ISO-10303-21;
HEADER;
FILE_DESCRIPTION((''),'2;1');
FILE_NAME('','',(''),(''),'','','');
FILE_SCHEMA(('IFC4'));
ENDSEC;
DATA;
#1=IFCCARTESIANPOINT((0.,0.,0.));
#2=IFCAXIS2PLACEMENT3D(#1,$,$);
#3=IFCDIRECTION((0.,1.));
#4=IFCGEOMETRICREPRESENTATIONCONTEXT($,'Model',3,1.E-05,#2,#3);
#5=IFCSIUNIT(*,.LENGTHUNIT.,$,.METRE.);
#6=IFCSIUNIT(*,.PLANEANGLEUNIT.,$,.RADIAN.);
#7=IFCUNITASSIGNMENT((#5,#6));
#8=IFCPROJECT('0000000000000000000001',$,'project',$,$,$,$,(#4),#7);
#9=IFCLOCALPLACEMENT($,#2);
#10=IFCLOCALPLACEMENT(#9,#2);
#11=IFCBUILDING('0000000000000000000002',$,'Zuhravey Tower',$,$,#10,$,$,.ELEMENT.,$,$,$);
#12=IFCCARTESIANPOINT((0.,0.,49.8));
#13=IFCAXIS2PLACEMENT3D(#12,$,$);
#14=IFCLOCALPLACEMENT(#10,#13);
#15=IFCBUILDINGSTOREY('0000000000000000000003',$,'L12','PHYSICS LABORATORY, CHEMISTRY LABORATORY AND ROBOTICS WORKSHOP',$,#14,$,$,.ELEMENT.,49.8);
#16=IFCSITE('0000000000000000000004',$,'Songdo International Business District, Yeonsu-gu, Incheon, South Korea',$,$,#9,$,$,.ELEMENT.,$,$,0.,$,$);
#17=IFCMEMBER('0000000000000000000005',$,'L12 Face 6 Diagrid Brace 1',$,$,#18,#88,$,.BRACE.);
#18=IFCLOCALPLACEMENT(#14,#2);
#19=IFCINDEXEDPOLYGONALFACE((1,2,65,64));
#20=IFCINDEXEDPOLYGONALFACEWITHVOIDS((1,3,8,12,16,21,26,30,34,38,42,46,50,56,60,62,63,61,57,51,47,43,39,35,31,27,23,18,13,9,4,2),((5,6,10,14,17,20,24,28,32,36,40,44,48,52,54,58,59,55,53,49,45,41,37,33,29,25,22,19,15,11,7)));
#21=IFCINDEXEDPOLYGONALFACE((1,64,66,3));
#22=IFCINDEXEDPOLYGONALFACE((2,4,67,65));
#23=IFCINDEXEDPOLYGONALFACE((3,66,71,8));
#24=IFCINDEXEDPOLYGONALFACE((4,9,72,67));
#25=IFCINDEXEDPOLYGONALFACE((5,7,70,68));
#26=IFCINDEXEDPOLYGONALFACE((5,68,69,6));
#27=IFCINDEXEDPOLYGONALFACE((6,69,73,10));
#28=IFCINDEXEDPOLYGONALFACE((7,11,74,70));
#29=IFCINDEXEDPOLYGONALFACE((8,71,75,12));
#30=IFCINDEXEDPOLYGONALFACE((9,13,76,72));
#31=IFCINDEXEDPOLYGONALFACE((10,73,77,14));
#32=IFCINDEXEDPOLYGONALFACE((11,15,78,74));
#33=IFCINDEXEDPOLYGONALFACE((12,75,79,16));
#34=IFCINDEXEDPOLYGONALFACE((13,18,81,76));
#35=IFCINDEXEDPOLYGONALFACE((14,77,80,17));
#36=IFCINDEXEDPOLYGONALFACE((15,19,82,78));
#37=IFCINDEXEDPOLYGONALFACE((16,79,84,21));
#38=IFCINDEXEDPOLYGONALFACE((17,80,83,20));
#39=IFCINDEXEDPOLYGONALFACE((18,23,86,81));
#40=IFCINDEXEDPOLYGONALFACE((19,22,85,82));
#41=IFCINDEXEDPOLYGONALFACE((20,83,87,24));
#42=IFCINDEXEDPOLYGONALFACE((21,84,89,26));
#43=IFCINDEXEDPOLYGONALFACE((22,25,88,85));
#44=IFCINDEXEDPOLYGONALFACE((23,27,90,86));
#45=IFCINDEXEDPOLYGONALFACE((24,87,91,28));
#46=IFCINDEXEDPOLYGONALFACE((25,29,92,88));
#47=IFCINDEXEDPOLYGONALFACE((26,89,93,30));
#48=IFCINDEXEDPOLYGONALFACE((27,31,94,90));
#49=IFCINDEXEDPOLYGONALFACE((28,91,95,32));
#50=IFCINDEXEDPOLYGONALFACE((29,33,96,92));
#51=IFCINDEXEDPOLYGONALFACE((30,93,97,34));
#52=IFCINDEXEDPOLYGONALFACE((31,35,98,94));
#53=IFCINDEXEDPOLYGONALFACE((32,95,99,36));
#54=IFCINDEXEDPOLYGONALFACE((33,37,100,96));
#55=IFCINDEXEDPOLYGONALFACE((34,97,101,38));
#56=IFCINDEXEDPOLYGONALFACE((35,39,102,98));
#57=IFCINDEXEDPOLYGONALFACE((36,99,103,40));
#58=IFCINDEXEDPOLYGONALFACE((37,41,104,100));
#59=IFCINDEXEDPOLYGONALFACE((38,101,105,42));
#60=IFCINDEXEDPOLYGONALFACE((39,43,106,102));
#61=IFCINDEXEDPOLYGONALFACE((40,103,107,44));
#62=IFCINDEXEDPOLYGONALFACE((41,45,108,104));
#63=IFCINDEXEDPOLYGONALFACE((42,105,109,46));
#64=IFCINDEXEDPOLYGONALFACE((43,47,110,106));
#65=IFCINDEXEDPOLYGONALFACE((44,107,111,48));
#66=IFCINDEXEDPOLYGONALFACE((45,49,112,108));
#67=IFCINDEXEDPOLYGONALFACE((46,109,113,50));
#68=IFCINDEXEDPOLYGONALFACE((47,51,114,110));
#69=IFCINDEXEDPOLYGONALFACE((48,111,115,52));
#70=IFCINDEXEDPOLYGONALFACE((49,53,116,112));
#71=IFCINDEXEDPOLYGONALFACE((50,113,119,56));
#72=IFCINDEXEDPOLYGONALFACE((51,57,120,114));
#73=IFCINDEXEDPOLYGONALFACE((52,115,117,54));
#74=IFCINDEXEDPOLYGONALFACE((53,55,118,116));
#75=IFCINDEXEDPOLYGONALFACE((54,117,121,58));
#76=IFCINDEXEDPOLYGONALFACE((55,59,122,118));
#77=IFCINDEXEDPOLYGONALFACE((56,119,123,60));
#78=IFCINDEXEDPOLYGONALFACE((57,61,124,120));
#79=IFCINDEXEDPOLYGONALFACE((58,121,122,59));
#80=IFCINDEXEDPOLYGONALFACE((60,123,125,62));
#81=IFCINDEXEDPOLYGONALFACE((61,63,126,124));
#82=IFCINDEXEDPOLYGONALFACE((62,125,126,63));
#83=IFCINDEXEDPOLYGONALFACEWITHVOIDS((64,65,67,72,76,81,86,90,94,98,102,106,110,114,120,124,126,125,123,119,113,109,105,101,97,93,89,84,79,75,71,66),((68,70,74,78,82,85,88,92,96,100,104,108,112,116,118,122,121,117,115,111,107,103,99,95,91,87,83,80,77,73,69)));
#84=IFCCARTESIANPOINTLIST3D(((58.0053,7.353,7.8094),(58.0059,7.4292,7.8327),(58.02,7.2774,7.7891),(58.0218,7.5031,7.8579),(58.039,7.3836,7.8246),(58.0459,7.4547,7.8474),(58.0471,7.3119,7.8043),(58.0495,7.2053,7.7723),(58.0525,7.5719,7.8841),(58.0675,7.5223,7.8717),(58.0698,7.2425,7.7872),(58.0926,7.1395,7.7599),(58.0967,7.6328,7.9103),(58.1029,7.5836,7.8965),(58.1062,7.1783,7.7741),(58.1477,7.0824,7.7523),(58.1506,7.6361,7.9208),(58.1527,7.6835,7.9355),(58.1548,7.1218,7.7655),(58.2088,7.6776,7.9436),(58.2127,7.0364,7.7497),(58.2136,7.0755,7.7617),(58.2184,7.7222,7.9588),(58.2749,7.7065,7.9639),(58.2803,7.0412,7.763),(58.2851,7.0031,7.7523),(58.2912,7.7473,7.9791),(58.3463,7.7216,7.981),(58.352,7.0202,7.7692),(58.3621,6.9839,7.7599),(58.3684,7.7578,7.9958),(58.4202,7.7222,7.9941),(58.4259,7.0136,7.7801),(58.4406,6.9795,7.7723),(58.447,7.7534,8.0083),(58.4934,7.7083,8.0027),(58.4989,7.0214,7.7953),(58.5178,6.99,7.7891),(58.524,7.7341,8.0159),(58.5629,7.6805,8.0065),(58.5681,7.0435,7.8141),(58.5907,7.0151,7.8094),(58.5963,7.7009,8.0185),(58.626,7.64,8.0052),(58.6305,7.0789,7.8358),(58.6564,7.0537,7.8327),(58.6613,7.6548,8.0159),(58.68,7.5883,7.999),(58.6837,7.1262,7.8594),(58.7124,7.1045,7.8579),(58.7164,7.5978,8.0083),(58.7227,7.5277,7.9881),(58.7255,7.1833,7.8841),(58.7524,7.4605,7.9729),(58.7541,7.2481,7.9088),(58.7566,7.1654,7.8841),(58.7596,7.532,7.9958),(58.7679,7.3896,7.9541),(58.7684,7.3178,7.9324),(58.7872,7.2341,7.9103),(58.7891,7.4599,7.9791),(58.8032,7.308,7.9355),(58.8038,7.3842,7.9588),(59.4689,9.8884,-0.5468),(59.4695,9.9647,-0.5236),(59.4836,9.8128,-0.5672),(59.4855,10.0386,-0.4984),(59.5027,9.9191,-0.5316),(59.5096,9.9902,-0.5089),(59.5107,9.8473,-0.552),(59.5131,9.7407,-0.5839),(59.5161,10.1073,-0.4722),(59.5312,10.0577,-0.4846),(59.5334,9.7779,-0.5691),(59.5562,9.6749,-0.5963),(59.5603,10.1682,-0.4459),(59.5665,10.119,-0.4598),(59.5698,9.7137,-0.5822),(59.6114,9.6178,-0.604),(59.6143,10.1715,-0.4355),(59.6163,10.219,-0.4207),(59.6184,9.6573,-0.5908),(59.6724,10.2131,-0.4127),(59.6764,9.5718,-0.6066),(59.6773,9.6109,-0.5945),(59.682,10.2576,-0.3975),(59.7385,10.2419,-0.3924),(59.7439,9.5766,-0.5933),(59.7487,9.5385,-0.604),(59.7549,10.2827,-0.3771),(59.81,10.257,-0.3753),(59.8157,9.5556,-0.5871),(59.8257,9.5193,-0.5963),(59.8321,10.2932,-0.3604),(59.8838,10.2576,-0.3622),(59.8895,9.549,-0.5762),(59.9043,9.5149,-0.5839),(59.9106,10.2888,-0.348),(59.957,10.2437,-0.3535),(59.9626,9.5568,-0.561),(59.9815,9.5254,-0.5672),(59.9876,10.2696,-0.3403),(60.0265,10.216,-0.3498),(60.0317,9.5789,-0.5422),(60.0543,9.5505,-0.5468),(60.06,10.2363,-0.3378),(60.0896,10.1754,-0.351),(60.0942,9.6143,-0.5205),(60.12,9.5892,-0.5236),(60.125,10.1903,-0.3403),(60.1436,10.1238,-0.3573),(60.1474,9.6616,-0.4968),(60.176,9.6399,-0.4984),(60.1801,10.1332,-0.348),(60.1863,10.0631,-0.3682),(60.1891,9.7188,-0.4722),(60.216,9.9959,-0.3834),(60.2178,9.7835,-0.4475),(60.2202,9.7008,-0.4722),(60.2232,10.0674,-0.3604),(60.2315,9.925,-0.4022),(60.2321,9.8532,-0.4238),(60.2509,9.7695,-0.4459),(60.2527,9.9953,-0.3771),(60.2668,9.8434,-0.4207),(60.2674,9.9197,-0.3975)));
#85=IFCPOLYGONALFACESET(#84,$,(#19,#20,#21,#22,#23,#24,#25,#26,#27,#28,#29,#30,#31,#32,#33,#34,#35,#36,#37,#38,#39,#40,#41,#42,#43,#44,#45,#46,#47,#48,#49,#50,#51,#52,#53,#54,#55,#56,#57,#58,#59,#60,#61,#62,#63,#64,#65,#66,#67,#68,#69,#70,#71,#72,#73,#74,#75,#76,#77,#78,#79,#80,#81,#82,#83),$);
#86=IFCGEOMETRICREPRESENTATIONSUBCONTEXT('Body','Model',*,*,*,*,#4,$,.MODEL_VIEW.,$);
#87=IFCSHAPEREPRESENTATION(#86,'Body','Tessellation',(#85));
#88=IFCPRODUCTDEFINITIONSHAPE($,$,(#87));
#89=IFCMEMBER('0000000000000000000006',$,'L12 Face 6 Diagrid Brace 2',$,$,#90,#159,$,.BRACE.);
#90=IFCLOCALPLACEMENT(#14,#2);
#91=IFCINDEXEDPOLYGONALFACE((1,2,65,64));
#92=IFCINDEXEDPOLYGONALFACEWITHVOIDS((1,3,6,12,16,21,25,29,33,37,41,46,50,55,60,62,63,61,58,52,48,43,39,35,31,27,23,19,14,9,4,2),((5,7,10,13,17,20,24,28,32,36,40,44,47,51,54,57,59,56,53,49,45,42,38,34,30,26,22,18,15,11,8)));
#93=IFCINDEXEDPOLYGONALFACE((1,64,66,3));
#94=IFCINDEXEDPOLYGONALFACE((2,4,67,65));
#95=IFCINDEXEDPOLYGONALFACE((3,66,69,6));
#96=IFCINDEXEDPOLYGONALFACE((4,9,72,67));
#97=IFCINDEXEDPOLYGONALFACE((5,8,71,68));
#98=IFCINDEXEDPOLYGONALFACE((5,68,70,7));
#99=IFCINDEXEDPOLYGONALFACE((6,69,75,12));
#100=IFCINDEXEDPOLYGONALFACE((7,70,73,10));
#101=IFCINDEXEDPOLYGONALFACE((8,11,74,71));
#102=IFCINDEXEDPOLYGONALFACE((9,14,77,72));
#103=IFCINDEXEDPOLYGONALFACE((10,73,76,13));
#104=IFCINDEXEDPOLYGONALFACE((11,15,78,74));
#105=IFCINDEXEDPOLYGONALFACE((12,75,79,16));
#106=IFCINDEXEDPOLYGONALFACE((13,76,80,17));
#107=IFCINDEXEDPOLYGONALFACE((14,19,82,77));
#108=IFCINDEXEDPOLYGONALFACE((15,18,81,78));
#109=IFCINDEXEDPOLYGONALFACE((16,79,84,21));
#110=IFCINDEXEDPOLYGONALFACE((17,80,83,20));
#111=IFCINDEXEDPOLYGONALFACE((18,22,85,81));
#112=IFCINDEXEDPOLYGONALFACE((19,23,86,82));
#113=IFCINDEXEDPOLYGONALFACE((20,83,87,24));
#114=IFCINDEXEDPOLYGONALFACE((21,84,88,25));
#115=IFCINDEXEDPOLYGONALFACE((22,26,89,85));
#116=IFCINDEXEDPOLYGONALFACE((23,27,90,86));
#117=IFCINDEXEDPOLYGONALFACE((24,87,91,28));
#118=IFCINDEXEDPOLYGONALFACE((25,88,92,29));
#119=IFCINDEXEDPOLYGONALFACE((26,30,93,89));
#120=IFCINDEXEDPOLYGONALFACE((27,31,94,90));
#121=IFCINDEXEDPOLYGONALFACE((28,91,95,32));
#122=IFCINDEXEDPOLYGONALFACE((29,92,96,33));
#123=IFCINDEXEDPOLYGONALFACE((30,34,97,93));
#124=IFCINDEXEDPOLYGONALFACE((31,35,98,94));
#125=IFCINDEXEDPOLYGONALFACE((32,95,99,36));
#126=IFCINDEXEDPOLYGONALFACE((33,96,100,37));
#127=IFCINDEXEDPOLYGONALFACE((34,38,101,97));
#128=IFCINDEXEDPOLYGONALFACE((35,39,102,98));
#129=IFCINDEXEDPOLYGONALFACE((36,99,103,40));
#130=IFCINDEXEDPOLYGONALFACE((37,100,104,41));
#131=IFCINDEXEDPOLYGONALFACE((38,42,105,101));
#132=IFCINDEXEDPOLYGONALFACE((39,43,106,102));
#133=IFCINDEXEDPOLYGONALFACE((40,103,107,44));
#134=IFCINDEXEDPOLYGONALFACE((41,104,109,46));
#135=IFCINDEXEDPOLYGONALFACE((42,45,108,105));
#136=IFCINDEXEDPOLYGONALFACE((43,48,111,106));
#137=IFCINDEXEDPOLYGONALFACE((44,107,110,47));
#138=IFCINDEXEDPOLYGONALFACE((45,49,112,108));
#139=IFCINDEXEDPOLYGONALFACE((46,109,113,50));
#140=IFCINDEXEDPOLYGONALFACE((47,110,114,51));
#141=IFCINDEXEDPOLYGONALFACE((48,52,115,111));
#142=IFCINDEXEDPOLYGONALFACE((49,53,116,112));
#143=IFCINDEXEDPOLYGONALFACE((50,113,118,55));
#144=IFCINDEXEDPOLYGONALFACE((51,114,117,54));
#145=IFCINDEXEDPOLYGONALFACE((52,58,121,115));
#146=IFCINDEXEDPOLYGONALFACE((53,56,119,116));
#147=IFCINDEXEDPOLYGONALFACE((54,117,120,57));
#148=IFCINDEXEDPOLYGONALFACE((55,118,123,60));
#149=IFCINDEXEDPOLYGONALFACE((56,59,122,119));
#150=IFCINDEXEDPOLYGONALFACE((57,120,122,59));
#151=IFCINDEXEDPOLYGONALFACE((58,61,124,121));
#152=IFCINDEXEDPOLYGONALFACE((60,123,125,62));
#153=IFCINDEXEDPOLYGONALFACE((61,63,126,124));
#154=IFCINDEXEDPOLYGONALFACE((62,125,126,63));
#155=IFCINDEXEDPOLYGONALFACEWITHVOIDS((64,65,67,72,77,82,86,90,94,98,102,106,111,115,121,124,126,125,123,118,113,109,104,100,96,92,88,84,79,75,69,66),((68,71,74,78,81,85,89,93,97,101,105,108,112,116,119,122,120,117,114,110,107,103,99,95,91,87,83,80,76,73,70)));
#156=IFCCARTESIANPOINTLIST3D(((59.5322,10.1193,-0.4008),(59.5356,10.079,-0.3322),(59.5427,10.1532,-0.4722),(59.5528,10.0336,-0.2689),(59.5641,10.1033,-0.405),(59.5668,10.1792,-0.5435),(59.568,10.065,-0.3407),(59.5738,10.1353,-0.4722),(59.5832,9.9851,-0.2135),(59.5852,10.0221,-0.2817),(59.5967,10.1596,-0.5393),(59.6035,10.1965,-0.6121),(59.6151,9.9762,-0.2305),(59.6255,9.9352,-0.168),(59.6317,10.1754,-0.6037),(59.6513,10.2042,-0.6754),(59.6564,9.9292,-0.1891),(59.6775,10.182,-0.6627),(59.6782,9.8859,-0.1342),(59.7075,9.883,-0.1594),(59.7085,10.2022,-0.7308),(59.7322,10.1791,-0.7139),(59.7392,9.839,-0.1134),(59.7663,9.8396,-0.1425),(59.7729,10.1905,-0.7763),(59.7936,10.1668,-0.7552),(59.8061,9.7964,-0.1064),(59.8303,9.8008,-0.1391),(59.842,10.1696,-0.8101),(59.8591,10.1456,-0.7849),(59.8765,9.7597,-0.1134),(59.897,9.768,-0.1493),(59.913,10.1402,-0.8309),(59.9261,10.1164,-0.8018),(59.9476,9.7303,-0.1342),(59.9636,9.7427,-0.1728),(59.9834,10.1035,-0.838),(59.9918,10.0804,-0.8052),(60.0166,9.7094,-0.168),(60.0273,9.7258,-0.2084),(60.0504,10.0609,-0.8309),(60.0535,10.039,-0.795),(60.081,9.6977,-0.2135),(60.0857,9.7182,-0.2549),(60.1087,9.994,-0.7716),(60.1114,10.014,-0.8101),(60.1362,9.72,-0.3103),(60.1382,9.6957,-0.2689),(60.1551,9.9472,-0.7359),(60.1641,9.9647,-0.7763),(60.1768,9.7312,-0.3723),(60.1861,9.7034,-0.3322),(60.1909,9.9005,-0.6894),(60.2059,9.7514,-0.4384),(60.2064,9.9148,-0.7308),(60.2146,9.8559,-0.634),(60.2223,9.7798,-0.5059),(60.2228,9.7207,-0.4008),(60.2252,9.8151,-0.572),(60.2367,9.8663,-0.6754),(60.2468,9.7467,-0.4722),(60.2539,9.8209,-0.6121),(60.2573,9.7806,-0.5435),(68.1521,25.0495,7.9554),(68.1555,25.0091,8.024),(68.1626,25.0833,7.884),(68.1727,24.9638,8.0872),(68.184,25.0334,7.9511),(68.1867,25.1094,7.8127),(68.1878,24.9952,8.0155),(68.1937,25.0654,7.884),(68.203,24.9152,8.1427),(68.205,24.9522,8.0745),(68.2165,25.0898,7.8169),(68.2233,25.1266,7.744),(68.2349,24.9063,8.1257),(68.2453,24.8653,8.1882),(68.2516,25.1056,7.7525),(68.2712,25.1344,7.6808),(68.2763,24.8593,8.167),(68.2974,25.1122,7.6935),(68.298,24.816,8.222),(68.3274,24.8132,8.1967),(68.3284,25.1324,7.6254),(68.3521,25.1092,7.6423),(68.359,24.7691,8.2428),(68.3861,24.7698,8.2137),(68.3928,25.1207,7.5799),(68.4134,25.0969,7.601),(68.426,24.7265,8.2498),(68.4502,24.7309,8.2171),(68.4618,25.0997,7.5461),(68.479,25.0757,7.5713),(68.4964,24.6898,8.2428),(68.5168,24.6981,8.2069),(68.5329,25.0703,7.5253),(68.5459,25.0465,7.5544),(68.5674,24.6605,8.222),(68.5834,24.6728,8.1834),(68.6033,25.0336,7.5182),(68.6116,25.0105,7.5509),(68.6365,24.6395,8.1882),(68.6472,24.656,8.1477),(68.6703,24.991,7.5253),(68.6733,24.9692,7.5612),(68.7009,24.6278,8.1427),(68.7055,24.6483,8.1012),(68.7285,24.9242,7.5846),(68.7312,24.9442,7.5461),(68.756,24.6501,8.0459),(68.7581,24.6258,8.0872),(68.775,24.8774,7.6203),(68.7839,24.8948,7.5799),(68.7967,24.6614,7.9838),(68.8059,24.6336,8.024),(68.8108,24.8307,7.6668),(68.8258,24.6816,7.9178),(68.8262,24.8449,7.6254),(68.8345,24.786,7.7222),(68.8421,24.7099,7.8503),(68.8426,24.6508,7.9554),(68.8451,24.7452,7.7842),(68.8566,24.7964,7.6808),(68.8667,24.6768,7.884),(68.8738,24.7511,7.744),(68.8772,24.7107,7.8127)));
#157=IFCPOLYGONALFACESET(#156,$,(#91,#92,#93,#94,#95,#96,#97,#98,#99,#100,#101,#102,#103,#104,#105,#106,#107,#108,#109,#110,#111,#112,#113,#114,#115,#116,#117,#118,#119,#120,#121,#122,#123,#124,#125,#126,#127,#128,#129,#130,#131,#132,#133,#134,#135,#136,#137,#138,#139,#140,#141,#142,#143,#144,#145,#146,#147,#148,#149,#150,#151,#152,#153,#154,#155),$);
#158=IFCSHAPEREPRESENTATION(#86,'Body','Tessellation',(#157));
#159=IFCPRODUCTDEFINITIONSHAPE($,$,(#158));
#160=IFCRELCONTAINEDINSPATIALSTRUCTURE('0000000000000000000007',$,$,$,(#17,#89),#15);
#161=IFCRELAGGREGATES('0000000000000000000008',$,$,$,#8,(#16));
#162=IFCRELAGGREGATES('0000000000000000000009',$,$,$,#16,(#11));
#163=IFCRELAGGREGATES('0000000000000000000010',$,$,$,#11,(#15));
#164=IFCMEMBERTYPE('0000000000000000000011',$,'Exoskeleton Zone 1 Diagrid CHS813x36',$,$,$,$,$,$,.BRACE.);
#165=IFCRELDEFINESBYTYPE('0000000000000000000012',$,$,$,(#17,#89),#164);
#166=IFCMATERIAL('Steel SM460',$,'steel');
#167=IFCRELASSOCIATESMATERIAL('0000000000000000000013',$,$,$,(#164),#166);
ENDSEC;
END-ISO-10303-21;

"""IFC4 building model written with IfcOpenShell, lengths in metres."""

from ifc_helpers import new_model, si_unit, direction, frame, origin, origin_2d, place, context, subcontext, project, spatial, hollow_circle, extrude, material, material_profile, profile_set, type_object, element, save


model = new_model("IFC4")

# Units and contexts
model_context = context("Model", 3, precision=1e-05, world=origin(), true_north=direction((0.0, 1.0)))
body_context = subcontext(model_context, "Body", "Model", "MODEL_VIEW")
ifc_project = project(units=[si_unit("LENGTHUNIT", "METRE"), si_unit("PLANEANGLEUNIT", "RADIAN")], contexts=[model_context])

# Site, building, storey
site_placement = place(None, origin())
site = spatial("IfcSite", under=ifc_project, at=site_placement, Name="Songdo International Business District, Yeonsu-gu, Incheon, South Korea", CompositionType="ELEMENT", RefElevation=0.0)
building_placement = place(site_placement, origin())
building = spatial("IfcBuilding", under=site, at=building_placement, Name="Zuhravey Tower", CompositionType="ELEMENT")
storey_placement = place(building_placement, frame((0.0, 0.0, 49.8)))
storey = spatial("IfcBuildingStorey", under=building, at=storey_placement, Name="L12", Description="PHYSICS LABORATORY, CHEMISTRY LABORATORY AND ROBOTICS WORKSHOP", CompositionType="ELEMENT", Elevation=49.8)

# Members
ifc_material_1 = material(Name="Steel SM460", Category="steel")
ifc_material_profile_1 = material_profile(ifc_material_1, hollow_circle(Radius=0.4065, WallThickness=0.0359, at=origin_2d()), Name="CHS-812.8x36")
ifc_profile_set_1 = profile_set([ifc_material_profile_1], Name="Steel SM460")
member_type_1 = type_object("IfcMemberType", Name="Exoskeleton Zone 1 Diagrid CHS813x36", PredefinedType="BRACE", material=ifc_profile_set_1)
member_1_placement = place(storey_placement, frame((59.8682, 9.9041, -0.4722), z_axis=(-0.165303, -0.286351, 0.943758), x_axis=(0.866054, -0.499951, 0.0)))
element("IfcMember", 1, at=member_1_placement, inside=storey, type_object=member_type_1, Name="L12 Face 6 Diagrid Brace 1", PredefinedType="BRACE", context=body_context, shape_type="SweptSolid", body=[
    extrude(hollow_circle(Radius=0.4065, WallThickness=0.0359, at=origin_2d()), origin(), (0.0, 0.0, 1.0), 8.8542),
])
member_2_placement = place(storey_placement, frame((59.8948, 9.95, -0.4722), z_axis=(0.44993, 0.779308, 0.436167), x_axis=(-0.866027, 0.499997, 0.0)))
element("IfcMember", 2, at=member_2_placement, inside=storey, type_object=member_type_1, Name="L12 Face 6 Diagrid Brace 2", PredefinedType="BRACE", context=body_context, shape_type="SweptSolid", body=[
    extrude(hollow_circle(Radius=0.4065, WallThickness=0.0359, at=origin_2d()), origin(), (0.0, 0.0, 1.0), 19.1582),
])

save(model, "model.ifc")
